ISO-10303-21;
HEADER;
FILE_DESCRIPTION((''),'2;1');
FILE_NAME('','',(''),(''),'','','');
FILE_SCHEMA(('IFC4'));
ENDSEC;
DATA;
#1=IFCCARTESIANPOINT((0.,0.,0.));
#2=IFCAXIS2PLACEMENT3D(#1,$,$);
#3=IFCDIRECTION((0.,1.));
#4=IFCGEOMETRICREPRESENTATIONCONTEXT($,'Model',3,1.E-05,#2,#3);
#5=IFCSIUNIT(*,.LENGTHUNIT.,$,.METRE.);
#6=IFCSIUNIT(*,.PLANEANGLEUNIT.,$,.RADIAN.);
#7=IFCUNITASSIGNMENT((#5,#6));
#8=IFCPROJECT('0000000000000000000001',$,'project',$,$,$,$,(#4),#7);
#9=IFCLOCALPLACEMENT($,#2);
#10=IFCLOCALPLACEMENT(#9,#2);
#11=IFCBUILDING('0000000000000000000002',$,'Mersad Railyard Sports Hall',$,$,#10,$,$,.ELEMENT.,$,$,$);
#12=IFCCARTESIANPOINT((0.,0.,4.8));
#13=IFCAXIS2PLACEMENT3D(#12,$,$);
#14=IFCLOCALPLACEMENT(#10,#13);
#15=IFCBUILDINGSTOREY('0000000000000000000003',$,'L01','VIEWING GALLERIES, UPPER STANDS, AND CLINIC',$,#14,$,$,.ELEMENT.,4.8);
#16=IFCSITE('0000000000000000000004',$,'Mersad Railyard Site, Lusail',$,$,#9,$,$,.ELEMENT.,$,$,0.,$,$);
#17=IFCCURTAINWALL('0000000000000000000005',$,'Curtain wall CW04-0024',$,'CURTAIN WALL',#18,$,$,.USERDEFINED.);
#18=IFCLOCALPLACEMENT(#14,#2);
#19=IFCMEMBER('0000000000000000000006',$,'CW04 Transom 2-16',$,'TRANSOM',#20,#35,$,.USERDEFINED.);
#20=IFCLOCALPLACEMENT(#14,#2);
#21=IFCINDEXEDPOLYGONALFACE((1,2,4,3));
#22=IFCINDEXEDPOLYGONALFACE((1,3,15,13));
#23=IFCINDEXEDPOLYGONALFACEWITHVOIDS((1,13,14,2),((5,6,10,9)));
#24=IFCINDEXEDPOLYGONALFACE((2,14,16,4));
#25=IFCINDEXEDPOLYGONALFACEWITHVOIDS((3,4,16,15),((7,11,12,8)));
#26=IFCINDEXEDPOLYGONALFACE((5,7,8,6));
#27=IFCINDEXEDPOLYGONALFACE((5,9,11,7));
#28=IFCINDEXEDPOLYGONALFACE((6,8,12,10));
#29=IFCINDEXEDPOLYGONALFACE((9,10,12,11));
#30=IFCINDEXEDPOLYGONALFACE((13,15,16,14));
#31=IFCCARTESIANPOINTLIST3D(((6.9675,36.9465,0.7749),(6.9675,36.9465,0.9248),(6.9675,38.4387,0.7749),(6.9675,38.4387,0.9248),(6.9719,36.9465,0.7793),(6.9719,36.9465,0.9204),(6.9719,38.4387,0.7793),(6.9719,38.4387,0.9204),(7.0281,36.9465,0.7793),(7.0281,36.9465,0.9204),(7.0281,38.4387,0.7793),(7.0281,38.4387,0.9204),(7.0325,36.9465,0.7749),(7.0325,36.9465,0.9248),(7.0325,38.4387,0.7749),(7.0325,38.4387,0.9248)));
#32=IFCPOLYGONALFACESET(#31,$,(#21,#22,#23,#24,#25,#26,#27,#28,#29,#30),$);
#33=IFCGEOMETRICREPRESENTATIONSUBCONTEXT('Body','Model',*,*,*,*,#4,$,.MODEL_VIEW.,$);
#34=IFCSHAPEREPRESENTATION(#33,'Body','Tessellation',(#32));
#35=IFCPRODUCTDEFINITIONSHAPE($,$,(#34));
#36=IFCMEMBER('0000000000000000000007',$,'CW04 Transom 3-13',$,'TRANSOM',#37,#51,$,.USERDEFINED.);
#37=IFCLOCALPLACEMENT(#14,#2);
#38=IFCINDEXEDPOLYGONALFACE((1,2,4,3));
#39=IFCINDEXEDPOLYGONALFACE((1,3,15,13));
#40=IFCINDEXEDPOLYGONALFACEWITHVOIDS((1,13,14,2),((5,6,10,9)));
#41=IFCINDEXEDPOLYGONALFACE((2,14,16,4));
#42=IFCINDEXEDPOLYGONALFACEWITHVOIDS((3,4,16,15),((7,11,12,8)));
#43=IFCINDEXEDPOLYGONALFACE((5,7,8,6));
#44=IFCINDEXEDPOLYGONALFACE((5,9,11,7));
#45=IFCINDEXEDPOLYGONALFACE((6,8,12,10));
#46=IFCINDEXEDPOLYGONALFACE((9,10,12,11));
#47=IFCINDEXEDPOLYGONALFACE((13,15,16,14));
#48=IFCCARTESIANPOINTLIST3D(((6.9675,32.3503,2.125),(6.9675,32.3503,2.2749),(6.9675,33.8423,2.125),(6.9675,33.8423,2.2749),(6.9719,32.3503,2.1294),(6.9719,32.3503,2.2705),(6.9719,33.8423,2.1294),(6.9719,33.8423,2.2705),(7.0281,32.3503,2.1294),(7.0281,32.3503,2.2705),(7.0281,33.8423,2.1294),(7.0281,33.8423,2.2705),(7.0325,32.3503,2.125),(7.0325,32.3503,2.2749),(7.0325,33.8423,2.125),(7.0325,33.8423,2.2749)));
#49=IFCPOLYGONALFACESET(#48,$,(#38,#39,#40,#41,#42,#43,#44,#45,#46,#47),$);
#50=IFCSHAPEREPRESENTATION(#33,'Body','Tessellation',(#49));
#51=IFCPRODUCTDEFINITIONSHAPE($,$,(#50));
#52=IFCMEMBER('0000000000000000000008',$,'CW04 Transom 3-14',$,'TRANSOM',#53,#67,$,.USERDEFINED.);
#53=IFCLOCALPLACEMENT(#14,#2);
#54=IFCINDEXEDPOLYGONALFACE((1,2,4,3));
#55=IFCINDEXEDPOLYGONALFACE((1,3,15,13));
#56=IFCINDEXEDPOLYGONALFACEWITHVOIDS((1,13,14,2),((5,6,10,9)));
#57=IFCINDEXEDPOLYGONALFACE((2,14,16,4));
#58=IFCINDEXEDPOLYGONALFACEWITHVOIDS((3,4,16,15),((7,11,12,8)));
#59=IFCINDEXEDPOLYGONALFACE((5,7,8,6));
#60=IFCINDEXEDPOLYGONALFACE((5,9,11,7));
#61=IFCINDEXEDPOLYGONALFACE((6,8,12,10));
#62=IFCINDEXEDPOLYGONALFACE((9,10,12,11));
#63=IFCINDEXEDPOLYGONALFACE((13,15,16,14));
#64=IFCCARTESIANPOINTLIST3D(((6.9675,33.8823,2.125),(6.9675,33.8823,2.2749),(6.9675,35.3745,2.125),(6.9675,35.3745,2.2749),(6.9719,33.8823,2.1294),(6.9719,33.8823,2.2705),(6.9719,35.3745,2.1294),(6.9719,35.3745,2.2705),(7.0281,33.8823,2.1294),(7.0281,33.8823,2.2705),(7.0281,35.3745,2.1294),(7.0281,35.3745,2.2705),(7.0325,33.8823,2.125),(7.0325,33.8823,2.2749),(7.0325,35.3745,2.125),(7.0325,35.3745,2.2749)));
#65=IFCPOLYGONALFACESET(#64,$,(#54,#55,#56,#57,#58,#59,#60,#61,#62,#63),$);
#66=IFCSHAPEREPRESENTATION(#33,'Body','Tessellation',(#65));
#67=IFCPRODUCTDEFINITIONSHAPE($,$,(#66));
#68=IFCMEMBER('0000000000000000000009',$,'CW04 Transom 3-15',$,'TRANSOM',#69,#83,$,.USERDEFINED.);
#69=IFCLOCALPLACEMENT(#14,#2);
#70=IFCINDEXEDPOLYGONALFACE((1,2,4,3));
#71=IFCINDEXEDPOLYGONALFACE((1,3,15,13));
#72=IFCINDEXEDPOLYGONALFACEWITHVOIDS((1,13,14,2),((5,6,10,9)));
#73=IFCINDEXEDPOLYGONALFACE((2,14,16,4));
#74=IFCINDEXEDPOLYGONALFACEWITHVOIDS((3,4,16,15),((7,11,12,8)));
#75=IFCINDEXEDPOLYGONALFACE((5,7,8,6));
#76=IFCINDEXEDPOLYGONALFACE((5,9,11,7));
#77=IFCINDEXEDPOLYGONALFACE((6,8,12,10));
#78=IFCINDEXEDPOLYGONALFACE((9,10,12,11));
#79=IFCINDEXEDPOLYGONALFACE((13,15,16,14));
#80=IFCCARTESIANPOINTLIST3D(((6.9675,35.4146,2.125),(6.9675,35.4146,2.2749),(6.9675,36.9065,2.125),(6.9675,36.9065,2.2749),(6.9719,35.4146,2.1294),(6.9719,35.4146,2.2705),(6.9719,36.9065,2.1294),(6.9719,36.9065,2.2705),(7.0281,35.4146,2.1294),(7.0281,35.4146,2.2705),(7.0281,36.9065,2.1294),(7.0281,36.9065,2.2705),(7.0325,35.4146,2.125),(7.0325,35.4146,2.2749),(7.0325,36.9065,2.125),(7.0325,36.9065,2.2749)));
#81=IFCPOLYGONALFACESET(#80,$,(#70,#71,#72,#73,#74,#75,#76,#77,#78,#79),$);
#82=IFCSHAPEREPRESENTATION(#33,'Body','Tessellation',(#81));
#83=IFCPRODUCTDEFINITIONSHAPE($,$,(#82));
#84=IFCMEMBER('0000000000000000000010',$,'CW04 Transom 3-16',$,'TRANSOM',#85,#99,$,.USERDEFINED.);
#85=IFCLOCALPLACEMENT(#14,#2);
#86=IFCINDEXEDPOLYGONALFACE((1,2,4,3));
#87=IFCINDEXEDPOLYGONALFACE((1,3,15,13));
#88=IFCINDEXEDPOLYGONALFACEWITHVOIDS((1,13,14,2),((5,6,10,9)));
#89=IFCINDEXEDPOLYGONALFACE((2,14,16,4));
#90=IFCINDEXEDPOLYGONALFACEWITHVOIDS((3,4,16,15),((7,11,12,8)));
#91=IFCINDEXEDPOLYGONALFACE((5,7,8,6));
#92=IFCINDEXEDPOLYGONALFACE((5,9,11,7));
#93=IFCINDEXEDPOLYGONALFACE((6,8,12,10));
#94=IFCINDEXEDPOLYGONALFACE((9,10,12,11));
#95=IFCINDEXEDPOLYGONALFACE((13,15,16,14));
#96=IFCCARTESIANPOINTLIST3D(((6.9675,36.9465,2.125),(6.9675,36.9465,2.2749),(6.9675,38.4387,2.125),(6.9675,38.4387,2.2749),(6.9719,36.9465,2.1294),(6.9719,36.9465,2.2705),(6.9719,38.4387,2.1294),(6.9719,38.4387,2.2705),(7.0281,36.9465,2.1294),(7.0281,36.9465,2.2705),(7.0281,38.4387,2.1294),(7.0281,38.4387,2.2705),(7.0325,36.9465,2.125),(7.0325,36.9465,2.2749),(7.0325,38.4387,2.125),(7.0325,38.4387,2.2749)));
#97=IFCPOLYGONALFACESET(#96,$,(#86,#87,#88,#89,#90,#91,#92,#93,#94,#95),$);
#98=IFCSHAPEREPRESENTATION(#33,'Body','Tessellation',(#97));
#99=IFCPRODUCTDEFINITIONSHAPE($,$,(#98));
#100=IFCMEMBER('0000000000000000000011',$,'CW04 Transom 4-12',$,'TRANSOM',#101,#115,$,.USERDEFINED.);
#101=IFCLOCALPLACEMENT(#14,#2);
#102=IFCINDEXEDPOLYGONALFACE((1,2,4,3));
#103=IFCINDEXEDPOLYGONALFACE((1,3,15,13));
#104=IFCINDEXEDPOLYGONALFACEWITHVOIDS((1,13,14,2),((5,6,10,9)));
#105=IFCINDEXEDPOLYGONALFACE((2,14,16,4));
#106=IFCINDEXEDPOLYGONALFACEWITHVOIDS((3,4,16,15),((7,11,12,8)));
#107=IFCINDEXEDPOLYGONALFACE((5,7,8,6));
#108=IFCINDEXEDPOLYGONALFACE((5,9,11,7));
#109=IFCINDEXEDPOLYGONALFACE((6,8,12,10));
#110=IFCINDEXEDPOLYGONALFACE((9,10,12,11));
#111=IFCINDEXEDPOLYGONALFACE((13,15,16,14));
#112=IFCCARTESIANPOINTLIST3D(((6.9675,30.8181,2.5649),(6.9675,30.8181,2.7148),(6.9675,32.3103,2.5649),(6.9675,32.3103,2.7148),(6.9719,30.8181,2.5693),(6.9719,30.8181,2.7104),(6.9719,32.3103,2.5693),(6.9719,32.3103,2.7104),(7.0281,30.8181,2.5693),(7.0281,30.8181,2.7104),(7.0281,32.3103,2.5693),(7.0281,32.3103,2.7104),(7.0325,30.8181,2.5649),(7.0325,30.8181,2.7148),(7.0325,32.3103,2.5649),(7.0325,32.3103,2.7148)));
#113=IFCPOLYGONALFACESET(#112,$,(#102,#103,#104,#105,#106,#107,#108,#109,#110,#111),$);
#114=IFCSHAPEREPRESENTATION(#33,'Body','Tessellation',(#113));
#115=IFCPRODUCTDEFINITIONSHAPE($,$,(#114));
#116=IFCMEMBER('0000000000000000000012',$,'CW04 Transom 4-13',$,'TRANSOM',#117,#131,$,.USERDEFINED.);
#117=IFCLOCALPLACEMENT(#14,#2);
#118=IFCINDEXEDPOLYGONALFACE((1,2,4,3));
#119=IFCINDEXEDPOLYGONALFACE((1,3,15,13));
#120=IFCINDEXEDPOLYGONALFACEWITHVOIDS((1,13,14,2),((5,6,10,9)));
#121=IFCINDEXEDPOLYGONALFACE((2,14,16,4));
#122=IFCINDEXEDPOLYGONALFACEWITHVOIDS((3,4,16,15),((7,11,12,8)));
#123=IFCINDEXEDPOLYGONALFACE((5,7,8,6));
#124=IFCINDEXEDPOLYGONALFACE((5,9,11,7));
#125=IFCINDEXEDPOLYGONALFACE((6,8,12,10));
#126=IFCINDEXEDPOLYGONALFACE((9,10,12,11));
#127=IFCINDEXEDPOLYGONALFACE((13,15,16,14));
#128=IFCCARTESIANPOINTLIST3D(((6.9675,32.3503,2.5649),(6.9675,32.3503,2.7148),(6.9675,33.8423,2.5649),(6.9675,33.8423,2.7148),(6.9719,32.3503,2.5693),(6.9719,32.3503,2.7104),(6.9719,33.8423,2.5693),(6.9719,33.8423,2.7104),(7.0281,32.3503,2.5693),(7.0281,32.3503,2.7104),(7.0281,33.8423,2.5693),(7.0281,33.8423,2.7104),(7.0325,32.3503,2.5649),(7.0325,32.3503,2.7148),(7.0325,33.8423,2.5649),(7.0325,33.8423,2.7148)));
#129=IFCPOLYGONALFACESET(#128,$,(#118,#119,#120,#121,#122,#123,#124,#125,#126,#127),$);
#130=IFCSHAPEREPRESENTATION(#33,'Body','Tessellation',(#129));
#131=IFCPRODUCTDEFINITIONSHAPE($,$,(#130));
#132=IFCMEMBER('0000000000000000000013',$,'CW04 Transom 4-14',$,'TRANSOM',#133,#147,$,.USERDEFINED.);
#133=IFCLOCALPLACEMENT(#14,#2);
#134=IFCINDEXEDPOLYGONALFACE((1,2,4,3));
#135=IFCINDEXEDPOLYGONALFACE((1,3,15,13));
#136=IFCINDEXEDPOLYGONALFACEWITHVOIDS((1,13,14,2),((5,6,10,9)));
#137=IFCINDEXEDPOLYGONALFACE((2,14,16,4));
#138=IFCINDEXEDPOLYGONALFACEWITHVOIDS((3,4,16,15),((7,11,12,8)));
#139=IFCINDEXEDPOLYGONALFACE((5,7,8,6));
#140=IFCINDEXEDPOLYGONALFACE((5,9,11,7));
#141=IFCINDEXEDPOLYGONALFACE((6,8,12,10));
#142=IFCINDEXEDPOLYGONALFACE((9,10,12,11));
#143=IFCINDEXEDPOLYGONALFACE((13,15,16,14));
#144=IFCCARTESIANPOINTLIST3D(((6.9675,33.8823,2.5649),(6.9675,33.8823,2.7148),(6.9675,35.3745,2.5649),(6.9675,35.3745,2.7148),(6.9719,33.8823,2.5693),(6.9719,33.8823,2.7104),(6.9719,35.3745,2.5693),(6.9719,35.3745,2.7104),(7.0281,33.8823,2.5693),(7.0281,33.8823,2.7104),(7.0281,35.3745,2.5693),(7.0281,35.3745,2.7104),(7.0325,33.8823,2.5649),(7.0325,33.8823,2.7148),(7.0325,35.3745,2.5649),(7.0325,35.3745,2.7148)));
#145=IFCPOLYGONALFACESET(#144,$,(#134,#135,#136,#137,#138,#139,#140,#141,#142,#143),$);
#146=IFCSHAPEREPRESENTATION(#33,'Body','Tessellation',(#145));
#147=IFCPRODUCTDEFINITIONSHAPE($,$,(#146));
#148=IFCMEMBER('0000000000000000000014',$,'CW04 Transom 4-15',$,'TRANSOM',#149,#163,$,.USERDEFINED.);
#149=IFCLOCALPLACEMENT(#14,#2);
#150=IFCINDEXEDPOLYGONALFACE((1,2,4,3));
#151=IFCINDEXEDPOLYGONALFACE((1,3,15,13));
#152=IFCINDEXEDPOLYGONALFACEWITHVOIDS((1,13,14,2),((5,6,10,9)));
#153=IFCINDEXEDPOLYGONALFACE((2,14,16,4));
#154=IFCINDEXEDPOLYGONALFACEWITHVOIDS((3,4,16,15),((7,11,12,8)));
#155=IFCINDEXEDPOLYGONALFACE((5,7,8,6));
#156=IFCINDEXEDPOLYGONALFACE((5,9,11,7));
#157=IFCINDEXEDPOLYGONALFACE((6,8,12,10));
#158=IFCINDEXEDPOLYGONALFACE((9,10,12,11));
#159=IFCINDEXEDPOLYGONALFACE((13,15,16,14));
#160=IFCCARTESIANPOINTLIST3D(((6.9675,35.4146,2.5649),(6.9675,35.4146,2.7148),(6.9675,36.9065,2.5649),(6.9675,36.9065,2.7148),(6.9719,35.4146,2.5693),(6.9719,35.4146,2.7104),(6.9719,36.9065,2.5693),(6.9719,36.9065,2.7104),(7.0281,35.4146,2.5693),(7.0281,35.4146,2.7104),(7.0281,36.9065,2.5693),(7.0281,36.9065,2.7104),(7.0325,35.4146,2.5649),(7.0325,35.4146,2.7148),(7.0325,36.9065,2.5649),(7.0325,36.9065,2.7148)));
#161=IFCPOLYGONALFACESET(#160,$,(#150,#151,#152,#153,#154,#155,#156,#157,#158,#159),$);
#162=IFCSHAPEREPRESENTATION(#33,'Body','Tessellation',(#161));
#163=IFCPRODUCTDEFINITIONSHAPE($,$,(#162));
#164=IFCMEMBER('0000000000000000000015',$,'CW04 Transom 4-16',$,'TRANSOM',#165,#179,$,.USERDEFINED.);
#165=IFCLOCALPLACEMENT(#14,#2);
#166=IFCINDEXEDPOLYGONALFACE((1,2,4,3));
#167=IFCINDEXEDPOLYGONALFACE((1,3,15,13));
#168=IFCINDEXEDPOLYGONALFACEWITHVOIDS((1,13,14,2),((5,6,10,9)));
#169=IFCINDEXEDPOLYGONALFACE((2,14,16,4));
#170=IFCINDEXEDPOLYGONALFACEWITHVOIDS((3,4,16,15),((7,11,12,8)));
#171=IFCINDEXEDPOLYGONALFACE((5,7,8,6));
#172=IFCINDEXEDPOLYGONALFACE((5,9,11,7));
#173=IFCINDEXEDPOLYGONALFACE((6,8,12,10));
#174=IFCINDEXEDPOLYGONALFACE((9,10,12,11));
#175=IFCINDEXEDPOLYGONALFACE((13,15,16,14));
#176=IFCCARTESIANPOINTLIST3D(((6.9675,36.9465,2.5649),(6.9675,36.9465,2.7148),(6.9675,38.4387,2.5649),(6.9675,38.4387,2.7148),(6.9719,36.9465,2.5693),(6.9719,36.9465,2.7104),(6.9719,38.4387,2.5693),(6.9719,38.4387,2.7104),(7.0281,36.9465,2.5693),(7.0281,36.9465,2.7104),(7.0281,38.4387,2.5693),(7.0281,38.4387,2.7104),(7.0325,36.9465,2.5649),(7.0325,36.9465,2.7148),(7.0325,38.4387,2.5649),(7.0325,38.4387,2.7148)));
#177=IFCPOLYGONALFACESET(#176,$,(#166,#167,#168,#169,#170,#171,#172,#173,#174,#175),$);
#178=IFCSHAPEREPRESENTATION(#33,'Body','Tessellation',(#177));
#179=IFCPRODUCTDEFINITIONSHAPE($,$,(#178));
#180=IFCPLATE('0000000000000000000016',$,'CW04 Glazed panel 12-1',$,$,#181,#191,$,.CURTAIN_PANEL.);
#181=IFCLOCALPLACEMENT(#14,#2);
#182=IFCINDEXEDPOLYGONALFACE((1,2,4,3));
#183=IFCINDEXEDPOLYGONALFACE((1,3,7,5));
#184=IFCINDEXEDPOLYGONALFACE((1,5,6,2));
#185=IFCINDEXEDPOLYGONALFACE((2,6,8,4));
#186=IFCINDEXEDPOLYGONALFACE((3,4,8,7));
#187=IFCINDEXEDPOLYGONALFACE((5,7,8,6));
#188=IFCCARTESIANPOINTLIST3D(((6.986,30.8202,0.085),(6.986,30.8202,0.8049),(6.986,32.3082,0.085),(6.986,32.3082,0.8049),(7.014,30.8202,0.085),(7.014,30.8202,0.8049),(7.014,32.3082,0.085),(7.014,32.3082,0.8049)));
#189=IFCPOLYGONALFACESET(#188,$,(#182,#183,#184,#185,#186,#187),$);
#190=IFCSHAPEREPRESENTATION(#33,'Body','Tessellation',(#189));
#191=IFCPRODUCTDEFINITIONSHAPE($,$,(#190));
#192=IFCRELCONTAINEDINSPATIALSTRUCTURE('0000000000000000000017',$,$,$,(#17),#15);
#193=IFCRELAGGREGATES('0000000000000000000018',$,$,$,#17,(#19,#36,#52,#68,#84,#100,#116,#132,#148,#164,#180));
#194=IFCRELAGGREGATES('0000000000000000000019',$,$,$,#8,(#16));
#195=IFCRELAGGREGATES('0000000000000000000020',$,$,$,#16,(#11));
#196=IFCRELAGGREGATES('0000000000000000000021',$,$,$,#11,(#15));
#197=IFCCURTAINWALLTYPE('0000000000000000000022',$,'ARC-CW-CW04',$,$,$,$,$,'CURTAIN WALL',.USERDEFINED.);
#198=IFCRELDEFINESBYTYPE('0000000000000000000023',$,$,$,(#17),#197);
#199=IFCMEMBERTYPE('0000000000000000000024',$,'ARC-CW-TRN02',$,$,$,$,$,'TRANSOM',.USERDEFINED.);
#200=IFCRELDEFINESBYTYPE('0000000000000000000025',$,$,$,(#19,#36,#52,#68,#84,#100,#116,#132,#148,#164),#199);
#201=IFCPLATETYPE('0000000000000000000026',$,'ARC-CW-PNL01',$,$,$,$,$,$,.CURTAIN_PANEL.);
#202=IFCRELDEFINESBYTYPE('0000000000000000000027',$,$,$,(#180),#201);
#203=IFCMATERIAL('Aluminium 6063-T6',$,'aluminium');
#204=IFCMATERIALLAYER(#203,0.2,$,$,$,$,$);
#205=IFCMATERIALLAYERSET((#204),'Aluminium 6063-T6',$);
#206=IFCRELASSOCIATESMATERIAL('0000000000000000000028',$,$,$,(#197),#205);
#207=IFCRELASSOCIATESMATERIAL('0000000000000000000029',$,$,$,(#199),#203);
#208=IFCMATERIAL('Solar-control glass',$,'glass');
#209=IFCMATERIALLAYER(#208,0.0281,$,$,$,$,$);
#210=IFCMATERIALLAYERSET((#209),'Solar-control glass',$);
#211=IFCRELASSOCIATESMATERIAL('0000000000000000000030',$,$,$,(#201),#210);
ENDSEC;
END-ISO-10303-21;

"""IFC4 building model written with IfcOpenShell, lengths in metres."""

from ifc_helpers import new_model, si_unit, direction, frame, origin, origin_2d, place, context, subcontext, project, spatial, rectangle, hollow_rectangle, extrude, material, layer, layer_set, material_profile, profile_set, type_object, element, aggregate, save


model = new_model("IFC4")

# Units and contexts
model_context = context("Model", 3, precision=1e-05, world=origin(), true_north=direction((0.0, 1.0)))
body_context = subcontext(model_context, "Body", "Model", "MODEL_VIEW")
ifc_project = project(units=[si_unit("LENGTHUNIT", "METRE"), si_unit("PLANEANGLEUNIT", "RADIAN")], contexts=[model_context])

# Site, building, storey
site_placement = place(None, origin())
site = spatial("IfcSite", under=ifc_project, at=site_placement, Name="Mersad Railyard Site, Lusail", CompositionType="ELEMENT", RefElevation=0.0)
building_placement = place(site_placement, origin())
building = spatial("IfcBuilding", under=site, at=building_placement, Name="Mersad Railyard Sports Hall", CompositionType="ELEMENT")
storey_placement = place(building_placement, frame((0.0, 0.0, 4.8)))
storey = spatial("IfcBuildingStorey", under=building, at=storey_placement, Name="L01", Description="VIEWING GALLERIES, UPPER STANDS, AND CLINIC", CompositionType="ELEMENT", Elevation=4.8)

# Curtain wall, members, plate
ifc_material_1 = material(Name="Aluminium 6063-T6", Category="aluminium")
ifc_layer_1 = layer(ifc_material_1, 0.2)
ifc_layer_set_1 = layer_set([ifc_layer_1], Name="Aluminium 6063-T6")
curtain_wall_type = type_object("IfcCurtainWallType", Name="ARC-CW-CW04", ElementType="CURTAIN WALL", PredefinedType="USERDEFINED", material=ifc_layer_set_1)
curtain_wall_placement = place(storey_placement, origin())
curtain_wall = element("IfcCurtainWall", 1, at=curtain_wall_placement, inside=storey, type_object=curtain_wall_type, Name="Curtain wall CW04-0024", ObjectType="CURTAIN WALL", PredefinedType="USERDEFINED")
ifc_material_profile_1 = material_profile(ifc_material_1, hollow_rectangle(XDim=0.0649, YDim=0.1499, WallThickness=0.0044, at=origin_2d()), Name="AL TRANSOM 65x150x4.5")
ifc_profile_set_1 = profile_set([ifc_material_profile_1], Name="Aluminium 6063-T6")
member_type_1 = type_object("IfcMemberType", Name="ARC-CW-TRN02", ElementType="TRANSOM", PredefinedType="USERDEFINED", material=ifc_profile_set_1)
member_1_placement = place(storey_placement, frame((7.0, 36.9465, 0.8499), z_axis=(0.0, 1.0, 0.0), x_axis=(-1.0, 0.0, 0.0)))
member_1 = element("IfcMember", 2, at=member_1_placement, type_object=member_type_1, Name="CW04 Transom 2-16", ObjectType="TRANSOM", PredefinedType="USERDEFINED", context=body_context, shape_type="SweptSolid", body=[
    extrude(hollow_rectangle(XDim=0.0649, YDim=0.1499, WallThickness=0.0044, at=origin_2d()), origin(), (0.0, 0.0, 1.0), 1.4922),
])
member_2_placement = place(storey_placement, frame((7.0, 32.3503, 2.2), z_axis=(0.0, 1.0, 0.0), x_axis=(-1.0, 0.0, 0.0)))
member_2 = element("IfcMember", 3, at=member_2_placement, type_object=member_type_1, Name="CW04 Transom 3-13", ObjectType="TRANSOM", PredefinedType="USERDEFINED", context=body_context, shape_type="SweptSolid", body=[
    extrude(hollow_rectangle(XDim=0.0649, YDim=0.1499, WallThickness=0.0044, at=origin_2d()), origin(), (0.0, 0.0, 1.0), 1.4919),
])
member_3_placement = place(storey_placement, frame((7.0, 33.8823, 2.2), z_axis=(0.0, 1.0, 0.0), x_axis=(-1.0, 0.0, 0.0)))
member_3 = element("IfcMember", 4, at=member_3_placement, type_object=member_type_1, Name="CW04 Transom 3-14", ObjectType="TRANSOM", PredefinedType="USERDEFINED", context=body_context, shape_type="SweptSolid", body=[
    extrude(hollow_rectangle(XDim=0.0649, YDim=0.1499, WallThickness=0.0044, at=origin_2d()), origin(), (0.0, 0.0, 1.0), 1.4922),
])
member_4_placement = place(storey_placement, frame((7.0, 35.4146, 2.2), z_axis=(0.0, 1.0, 0.0), x_axis=(-1.0, 0.0, 0.0)))
member_4 = element("IfcMember", 5, at=member_4_placement, type_object=member_type_1, Name="CW04 Transom 3-15", ObjectType="TRANSOM", PredefinedType="USERDEFINED", context=body_context, shape_type="SweptSolid", body=[
    extrude(hollow_rectangle(XDim=0.0649, YDim=0.1499, WallThickness=0.0044, at=origin_2d()), origin(), (0.0, 0.0, 1.0), 1.4919),
])
member_5_placement = place(storey_placement, frame((7.0, 36.9465, 2.2), z_axis=(0.0, 1.0, 0.0), x_axis=(-1.0, 0.0, 0.0)))
member_5 = element("IfcMember", 6, at=member_5_placement, type_object=member_type_1, Name="CW04 Transom 3-16", ObjectType="TRANSOM", PredefinedType="USERDEFINED", context=body_context, shape_type="SweptSolid", body=[
    extrude(hollow_rectangle(XDim=0.0649, YDim=0.1499, WallThickness=0.0044, at=origin_2d()), origin(), (0.0, 0.0, 1.0), 1.4922),
])
member_6_placement = place(storey_placement, frame((7.0, 30.8181, 2.6399), z_axis=(0.0, 1.0, 0.0), x_axis=(-1.0, 0.0, 0.0)))
member_6 = element("IfcMember", 7, at=member_6_placement, type_object=member_type_1, Name="CW04 Transom 4-12", ObjectType="TRANSOM", PredefinedType="USERDEFINED", context=body_context, shape_type="SweptSolid", body=[
    extrude(hollow_rectangle(XDim=0.0649, YDim=0.1499, WallThickness=0.0044, at=origin_2d()), origin(), (0.0, 0.0, 1.0), 1.4922),
])
member_7_placement = place(storey_placement, frame((7.0, 32.3503, 2.6399), z_axis=(0.0, 1.0, 0.0), x_axis=(-1.0, 0.0, 0.0)))
member_7 = element("IfcMember", 8, at=member_7_placement, type_object=member_type_1, Name="CW04 Transom 4-13", ObjectType="TRANSOM", PredefinedType="USERDEFINED", context=body_context, shape_type="SweptSolid", body=[
    extrude(hollow_rectangle(XDim=0.0649, YDim=0.1499, WallThickness=0.0044, at=origin_2d()), origin(), (0.0, 0.0, 1.0), 1.4919),
])
member_8_placement = place(storey_placement, frame((7.0, 33.8823, 2.6399), z_axis=(0.0, 1.0, 0.0), x_axis=(-1.0, 0.0, 0.0)))
member_8 = element("IfcMember", 9, at=member_8_placement, type_object=member_type_1, Name="CW04 Transom 4-14", ObjectType="TRANSOM", PredefinedType="USERDEFINED", context=body_context, shape_type="SweptSolid", body=[
    extrude(hollow_rectangle(XDim=0.0649, YDim=0.1499, WallThickness=0.0044, at=origin_2d()), origin(), (0.0, 0.0, 1.0), 1.4922),
])
member_9_placement = place(storey_placement, frame((7.0, 35.4146, 2.6399), z_axis=(0.0, 1.0, 0.0), x_axis=(-1.0, 0.0, 0.0)))
member_9 = element("IfcMember", 10, at=member_9_placement, type_object=member_type_1, Name="CW04 Transom 4-15", ObjectType="TRANSOM", PredefinedType="USERDEFINED", context=body_context, shape_type="SweptSolid", body=[
    extrude(hollow_rectangle(XDim=0.0649, YDim=0.1499, WallThickness=0.0044, at=origin_2d()), origin(), (0.0, 0.0, 1.0), 1.4919),
])
member_10_placement = place(storey_placement, frame((7.0, 36.9465, 2.6399), z_axis=(0.0, 1.0, 0.0), x_axis=(-1.0, 0.0, 0.0)))
member_10 = element("IfcMember", 11, at=member_10_placement, type_object=member_type_1, Name="CW04 Transom 4-16", ObjectType="TRANSOM", PredefinedType="USERDEFINED", context=body_context, shape_type="SweptSolid", body=[
    extrude(hollow_rectangle(XDim=0.0649, YDim=0.1499, WallThickness=0.0044, at=origin_2d()), origin(), (0.0, 0.0, 1.0), 1.4922),
])
ifc_material_2 = material(Name="Solar-control glass", Category="glass")
ifc_layer_2 = layer(ifc_material_2, 0.0281)
ifc_layer_set_2 = layer_set([ifc_layer_2], Name="Solar-control glass")
plate_type = type_object("IfcPlateType", Name="ARC-CW-PNL01", PredefinedType="CURTAIN_PANEL", material=ifc_layer_set_2)
plate_1_placement = place(storey_placement, frame((7.0, 31.5642, 0.085), z_axis=(0.0, 0.0, 1.0), x_axis=(0.0, 1.0, 0.0)))
plate_1 = element("IfcPlate", 12, at=plate_1_placement, type_object=plate_type, Name="CW04 Glazed panel 12-1", PredefinedType="CURTAIN_PANEL", context=body_context, shape_type="SweptSolid", body=[
    extrude(rectangle(XDim=1.488, YDim=0.0281, at=origin_2d()), origin(), (0.0, 0.0, 1.0), 0.72),
])
aggregate(curtain_wall, [member_1, member_2, member_3, member_4, member_5, member_6, member_7, member_8, member_9, member_10, plate_1])

save(model, "model.ifc")
